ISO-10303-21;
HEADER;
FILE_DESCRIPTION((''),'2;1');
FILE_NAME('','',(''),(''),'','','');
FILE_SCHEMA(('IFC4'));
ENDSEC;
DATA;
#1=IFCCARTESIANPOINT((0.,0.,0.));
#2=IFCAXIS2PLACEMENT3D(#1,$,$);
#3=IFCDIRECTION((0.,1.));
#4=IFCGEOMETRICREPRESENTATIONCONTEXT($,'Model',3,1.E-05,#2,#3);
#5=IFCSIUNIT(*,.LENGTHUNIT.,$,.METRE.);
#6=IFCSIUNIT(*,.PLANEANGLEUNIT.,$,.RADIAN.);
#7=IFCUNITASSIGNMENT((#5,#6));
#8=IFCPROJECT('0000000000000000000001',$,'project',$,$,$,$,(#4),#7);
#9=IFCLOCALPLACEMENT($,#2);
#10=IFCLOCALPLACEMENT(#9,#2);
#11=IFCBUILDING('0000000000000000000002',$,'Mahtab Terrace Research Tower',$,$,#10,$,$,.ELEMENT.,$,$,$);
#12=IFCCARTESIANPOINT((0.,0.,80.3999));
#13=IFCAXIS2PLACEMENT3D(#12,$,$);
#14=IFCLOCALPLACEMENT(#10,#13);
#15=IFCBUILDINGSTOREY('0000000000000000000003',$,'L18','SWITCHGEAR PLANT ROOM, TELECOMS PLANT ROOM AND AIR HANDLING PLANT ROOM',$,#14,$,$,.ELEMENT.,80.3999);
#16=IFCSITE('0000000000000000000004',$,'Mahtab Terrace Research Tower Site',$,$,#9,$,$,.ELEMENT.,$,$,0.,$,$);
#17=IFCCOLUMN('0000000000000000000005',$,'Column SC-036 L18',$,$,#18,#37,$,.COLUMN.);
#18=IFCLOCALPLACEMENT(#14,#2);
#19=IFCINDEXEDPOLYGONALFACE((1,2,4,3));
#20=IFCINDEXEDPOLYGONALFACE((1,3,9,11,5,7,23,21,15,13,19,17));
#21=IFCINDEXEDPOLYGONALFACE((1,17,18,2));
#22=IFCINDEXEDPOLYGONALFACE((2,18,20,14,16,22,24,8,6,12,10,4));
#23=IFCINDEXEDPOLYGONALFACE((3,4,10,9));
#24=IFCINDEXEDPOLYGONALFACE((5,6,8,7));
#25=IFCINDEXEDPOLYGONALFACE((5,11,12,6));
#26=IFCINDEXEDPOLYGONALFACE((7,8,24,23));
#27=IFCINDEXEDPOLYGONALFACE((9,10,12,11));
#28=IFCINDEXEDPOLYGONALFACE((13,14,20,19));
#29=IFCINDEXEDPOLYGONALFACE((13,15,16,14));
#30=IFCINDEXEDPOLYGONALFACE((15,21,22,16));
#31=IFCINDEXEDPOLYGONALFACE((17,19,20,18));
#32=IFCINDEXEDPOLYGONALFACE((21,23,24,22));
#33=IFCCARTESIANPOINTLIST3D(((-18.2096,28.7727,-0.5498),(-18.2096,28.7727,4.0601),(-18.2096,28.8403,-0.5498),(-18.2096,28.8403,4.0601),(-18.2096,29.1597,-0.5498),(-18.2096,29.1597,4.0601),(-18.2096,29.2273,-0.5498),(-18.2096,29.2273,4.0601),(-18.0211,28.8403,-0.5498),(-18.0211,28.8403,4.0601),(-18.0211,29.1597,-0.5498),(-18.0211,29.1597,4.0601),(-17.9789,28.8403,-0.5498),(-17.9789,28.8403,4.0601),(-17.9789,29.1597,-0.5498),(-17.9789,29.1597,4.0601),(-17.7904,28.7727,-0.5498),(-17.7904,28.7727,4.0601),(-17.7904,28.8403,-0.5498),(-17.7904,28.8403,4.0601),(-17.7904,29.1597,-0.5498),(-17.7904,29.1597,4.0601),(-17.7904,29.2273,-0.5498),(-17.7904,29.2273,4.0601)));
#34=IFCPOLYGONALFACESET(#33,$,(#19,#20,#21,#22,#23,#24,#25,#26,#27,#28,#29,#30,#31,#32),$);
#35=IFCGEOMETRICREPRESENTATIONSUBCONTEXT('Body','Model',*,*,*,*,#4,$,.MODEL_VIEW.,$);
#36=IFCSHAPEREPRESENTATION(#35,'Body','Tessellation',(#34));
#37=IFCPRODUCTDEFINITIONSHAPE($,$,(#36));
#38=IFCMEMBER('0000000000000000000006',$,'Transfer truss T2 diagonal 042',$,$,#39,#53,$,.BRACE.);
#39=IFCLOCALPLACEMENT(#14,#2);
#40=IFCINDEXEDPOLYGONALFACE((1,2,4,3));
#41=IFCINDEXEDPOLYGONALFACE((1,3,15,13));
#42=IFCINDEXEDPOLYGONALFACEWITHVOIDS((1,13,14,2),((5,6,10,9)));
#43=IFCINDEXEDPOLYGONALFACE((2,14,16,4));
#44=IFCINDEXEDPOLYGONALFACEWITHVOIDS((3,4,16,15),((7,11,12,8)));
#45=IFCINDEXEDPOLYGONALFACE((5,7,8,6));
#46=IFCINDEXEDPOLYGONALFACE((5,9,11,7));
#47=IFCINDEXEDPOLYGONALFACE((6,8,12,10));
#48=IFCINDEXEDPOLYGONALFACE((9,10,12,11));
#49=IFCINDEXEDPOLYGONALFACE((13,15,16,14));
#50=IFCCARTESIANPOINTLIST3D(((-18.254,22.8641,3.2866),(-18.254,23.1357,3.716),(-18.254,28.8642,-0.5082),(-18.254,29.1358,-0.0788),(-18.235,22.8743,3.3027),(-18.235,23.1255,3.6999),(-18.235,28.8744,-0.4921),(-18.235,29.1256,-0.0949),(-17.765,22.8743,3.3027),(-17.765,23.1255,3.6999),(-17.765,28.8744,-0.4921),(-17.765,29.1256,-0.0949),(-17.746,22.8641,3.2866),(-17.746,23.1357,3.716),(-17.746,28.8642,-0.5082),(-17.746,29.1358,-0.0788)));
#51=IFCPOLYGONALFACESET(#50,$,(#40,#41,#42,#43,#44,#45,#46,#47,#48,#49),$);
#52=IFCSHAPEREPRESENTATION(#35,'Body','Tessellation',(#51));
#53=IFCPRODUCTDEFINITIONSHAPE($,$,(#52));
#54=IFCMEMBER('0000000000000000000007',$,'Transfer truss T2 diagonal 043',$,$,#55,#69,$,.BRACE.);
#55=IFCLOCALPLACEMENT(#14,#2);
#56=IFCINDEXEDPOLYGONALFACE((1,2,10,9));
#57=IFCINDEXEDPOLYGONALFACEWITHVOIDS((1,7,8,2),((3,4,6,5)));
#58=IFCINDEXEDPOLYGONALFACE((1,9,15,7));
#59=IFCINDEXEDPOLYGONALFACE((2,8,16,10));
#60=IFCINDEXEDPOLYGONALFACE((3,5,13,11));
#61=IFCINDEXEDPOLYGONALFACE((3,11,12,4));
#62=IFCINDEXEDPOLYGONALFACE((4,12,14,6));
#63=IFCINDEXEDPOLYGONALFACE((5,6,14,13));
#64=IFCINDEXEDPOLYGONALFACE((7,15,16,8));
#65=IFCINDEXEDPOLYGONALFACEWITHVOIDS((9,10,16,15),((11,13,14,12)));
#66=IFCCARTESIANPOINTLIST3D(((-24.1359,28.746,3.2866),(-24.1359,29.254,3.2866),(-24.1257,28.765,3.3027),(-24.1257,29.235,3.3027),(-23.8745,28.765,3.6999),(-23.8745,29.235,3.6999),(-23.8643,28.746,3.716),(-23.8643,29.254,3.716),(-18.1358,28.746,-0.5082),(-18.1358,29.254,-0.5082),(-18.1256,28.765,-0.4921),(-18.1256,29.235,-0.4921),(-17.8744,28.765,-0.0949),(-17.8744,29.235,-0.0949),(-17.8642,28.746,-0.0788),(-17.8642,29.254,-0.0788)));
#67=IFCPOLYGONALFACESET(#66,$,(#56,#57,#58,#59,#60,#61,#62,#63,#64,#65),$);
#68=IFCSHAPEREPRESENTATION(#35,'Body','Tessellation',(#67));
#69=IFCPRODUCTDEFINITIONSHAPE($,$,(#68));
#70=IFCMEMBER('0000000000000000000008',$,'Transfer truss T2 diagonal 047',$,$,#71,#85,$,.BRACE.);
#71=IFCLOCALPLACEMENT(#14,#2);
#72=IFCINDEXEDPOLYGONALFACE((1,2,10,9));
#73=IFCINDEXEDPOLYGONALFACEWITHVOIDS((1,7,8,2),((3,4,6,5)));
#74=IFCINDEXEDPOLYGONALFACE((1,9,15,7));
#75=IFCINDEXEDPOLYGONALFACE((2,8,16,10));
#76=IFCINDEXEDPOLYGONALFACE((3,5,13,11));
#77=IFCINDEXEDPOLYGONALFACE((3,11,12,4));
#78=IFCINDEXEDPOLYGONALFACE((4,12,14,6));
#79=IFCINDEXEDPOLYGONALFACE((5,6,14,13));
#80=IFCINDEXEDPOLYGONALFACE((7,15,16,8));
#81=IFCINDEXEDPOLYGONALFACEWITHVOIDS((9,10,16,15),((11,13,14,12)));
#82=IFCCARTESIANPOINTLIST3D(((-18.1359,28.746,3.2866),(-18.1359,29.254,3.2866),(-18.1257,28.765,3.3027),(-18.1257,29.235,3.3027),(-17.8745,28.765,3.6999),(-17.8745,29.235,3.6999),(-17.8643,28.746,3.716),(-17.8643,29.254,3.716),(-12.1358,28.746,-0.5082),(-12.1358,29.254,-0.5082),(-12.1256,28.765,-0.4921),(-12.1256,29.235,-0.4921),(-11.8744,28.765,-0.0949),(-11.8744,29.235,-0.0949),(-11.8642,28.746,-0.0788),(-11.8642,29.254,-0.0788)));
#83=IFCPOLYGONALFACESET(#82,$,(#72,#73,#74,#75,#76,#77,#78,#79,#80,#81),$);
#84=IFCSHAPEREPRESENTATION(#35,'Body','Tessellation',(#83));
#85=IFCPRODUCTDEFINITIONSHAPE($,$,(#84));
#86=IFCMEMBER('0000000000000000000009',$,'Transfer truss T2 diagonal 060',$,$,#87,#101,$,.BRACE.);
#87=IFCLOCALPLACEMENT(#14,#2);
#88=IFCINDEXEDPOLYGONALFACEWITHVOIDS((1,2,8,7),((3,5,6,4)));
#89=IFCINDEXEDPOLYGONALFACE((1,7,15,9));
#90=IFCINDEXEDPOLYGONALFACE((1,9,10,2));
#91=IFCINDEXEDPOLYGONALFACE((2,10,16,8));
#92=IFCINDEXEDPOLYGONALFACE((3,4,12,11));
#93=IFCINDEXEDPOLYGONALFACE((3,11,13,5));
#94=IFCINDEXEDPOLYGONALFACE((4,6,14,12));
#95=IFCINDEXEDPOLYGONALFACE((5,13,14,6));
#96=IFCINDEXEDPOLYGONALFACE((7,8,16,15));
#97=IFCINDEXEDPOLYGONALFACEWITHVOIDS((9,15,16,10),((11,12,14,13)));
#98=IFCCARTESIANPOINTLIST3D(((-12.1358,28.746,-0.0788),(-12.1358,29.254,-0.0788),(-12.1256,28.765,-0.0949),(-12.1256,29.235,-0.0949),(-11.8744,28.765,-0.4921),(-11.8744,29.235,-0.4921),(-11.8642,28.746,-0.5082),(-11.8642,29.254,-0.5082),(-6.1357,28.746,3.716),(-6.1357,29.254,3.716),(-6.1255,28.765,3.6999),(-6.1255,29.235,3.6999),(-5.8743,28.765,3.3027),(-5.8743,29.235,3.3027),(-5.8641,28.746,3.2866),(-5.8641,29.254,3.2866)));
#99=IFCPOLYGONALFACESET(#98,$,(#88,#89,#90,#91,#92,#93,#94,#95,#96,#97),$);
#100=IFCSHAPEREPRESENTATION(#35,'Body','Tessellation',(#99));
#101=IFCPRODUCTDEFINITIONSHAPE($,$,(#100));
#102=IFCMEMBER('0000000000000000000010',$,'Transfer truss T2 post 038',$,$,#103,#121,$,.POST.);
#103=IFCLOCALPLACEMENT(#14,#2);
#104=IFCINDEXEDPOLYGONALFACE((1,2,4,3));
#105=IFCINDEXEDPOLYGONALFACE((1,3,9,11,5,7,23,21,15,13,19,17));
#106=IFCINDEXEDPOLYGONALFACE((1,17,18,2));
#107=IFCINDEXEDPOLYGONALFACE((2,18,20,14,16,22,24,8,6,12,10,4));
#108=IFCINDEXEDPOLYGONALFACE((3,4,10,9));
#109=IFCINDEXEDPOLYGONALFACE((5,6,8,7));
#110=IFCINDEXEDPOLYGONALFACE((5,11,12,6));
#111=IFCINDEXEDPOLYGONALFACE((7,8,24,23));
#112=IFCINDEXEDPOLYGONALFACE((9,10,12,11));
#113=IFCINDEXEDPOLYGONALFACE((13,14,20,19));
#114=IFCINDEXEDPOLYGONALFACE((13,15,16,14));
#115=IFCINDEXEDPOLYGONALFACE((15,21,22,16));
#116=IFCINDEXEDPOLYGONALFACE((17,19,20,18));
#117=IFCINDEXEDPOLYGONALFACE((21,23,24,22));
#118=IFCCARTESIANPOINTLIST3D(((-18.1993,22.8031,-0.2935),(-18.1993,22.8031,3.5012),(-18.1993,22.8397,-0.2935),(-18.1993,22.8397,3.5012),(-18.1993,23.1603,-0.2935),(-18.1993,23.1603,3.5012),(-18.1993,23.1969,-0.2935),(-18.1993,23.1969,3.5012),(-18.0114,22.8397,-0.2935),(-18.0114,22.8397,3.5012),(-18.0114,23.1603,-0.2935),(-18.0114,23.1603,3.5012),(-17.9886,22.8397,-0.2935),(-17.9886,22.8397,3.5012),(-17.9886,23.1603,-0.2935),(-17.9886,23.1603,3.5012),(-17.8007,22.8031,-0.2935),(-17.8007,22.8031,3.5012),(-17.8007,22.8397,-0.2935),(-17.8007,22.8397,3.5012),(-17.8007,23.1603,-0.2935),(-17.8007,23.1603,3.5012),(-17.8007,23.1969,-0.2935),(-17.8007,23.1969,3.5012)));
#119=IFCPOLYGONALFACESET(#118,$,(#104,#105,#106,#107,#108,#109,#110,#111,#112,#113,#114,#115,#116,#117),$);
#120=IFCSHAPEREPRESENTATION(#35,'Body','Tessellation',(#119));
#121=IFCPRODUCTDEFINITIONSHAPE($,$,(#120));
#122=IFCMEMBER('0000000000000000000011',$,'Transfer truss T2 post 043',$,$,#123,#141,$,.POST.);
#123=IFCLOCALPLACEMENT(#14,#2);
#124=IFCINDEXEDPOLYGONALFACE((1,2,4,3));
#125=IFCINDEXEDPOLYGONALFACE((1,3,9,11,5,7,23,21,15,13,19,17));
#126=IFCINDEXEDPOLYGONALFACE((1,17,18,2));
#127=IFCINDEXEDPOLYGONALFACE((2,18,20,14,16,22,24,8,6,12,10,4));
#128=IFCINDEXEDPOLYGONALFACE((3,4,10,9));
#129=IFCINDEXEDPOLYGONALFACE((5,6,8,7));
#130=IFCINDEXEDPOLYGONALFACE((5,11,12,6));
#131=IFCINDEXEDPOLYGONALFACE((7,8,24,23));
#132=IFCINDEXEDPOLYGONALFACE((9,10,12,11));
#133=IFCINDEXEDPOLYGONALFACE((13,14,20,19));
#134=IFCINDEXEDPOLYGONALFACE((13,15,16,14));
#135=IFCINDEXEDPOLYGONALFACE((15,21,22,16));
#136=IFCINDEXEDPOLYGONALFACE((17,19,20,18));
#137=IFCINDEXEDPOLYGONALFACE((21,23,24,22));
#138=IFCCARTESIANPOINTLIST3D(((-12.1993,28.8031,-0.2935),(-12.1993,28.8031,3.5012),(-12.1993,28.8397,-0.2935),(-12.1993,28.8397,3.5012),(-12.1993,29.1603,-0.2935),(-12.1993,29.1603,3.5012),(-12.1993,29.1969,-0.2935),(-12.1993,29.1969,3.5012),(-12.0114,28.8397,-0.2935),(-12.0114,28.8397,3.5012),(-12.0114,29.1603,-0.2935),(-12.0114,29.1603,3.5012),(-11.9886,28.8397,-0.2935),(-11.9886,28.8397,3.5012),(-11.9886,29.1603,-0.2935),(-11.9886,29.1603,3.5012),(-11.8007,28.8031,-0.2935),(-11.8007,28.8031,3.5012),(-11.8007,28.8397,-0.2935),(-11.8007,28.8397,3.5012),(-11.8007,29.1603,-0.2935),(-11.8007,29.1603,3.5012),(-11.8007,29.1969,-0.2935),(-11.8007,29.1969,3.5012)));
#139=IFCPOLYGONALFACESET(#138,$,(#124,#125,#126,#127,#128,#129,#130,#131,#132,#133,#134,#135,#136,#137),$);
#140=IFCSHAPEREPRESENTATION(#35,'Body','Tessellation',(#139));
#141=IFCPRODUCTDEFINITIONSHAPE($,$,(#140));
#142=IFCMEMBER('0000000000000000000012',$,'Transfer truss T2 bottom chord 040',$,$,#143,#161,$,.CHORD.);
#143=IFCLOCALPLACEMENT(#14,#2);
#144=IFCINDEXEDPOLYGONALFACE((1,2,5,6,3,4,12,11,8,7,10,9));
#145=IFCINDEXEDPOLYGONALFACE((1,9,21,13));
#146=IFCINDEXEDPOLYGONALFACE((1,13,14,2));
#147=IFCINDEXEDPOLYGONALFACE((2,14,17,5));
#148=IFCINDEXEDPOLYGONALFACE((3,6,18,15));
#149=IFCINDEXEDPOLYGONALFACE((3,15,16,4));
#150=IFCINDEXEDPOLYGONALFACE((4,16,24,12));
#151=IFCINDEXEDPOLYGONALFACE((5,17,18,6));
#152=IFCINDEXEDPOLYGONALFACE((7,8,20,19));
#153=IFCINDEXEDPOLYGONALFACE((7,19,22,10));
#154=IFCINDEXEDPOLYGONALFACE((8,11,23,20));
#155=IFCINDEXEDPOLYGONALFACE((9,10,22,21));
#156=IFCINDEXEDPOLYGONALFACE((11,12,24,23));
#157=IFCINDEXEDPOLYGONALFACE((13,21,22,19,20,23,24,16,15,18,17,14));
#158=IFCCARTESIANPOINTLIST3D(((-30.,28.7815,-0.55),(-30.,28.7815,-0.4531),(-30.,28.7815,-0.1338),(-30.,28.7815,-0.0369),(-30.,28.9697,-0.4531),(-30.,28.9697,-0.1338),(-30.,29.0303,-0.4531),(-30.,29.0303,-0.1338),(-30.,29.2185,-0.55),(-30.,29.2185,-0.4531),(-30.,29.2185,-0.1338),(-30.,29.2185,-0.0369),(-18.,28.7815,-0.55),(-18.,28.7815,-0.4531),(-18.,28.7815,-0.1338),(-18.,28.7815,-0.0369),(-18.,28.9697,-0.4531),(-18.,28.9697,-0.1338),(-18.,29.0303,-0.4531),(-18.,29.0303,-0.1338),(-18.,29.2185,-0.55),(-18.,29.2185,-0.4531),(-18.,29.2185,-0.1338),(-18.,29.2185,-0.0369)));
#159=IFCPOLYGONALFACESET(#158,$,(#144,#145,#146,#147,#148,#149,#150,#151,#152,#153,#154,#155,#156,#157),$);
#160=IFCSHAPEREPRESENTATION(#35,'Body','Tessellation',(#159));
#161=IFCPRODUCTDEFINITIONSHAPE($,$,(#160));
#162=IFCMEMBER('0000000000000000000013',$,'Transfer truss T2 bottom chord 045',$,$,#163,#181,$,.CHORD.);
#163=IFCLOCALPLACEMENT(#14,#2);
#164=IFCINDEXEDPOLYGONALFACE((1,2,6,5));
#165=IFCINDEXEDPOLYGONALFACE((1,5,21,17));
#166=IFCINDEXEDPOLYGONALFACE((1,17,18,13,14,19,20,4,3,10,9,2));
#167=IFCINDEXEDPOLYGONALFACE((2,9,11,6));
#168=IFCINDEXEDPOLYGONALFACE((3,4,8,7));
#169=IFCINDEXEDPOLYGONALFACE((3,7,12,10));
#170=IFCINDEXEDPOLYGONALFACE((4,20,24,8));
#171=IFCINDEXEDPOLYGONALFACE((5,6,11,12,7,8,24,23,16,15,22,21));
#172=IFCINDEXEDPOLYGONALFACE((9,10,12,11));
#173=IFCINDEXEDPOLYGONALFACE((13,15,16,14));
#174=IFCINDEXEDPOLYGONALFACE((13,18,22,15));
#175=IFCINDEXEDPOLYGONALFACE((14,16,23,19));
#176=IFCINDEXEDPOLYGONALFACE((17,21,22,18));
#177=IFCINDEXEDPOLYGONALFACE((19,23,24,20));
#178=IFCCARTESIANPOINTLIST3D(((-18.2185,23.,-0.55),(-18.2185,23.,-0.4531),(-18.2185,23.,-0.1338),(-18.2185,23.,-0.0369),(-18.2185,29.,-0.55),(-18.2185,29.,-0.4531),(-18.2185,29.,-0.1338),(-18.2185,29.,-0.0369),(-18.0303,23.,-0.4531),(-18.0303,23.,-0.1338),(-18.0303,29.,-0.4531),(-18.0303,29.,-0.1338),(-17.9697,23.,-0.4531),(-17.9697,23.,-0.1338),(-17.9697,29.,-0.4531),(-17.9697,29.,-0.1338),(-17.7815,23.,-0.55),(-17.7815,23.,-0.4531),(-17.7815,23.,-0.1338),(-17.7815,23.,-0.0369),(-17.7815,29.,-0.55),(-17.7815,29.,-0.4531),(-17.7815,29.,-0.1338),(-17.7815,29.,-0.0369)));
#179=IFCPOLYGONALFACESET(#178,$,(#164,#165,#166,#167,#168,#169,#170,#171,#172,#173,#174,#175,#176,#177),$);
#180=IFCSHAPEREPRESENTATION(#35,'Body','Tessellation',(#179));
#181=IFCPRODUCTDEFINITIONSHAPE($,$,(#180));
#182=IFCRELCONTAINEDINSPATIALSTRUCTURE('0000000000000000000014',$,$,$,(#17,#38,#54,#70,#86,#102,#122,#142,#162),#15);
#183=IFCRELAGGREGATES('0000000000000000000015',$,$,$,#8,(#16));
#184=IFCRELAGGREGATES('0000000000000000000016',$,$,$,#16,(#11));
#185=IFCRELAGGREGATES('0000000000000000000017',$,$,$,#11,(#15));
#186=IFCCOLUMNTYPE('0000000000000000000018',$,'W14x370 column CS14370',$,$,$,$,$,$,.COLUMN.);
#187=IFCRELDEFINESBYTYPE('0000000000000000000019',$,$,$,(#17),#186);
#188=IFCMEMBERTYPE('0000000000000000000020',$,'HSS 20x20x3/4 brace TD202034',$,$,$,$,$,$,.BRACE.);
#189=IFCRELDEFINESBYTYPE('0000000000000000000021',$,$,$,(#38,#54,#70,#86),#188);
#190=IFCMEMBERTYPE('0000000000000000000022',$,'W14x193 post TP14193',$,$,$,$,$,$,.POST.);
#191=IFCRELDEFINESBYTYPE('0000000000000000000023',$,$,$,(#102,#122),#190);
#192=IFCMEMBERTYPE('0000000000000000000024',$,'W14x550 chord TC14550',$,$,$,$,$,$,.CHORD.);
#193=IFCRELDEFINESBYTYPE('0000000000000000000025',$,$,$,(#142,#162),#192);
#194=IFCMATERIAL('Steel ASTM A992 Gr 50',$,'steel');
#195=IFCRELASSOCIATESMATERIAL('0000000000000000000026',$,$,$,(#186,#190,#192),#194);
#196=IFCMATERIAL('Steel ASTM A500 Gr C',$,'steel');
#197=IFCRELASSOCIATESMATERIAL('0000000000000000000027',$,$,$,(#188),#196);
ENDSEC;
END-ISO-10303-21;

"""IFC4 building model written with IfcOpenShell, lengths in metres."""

from ifc_helpers import new_model, si_unit, direction, frame, origin, origin_2d, place, context, subcontext, project, spatial, hollow_rectangle, i_section, extrude, material, material_profile, profile_set, type_object, element, save


model = new_model("IFC4")

# Units and contexts
model_context = context("Model", 3, precision=1e-05, world=origin(), true_north=direction((0.0, 1.0)))
body_context = subcontext(model_context, "Body", "Model", "MODEL_VIEW")
ifc_project = project(units=[si_unit("LENGTHUNIT", "METRE"), si_unit("PLANEANGLEUNIT", "RADIAN")], contexts=[model_context])

# Site, building, storey
site_placement = place(None, origin())
site = spatial("IfcSite", under=ifc_project, at=site_placement, Name="Mahtab Terrace Research Tower Site", CompositionType="ELEMENT", RefElevation=0.0)
building_placement = place(site_placement, origin())
building = spatial("IfcBuilding", under=site, at=building_placement, Name="Mahtab Terrace Research Tower", CompositionType="ELEMENT")
storey_placement = place(building_placement, frame((0.0, 0.0, 80.3999)))
storey = spatial("IfcBuildingStorey", under=building, at=storey_placement, Name="L18", Description="SWITCHGEAR PLANT ROOM, TELECOMS PLANT ROOM AND AIR HANDLING PLANT ROOM", CompositionType="ELEMENT", Elevation=80.3999)

# Column
ifc_material_1 = material(Name="Steel ASTM A992 Gr 50", Category="steel")
ifc_material_profile_1 = material_profile(ifc_material_1, i_section(OverallWidth=0.4192, OverallDepth=0.4546, WebThickness=0.0422, FlangeThickness=0.0676, at=origin_2d()), Name="W14X370")
ifc_profile_set_1 = profile_set([ifc_material_profile_1], Name="Steel ASTM A992 Gr 50")
column_type = type_object("IfcColumnType", Name="W14x370 column CS14370", PredefinedType="COLUMN", material=ifc_profile_set_1)
column_placement = place(storey_placement, frame((-18.0, 29.0, -0.5498), z_axis=(0.0, 0.0, 1.0), x_axis=(1.0, 0.0, 0.0)))
element("IfcColumn", 1, at=column_placement, inside=storey, type_object=column_type, Name="Column SC-036 L18", PredefinedType="COLUMN", context=body_context, shape_type="SweptSolid", body=[
    extrude(i_section(OverallWidth=0.4192, OverallDepth=0.4546, WebThickness=0.0422, FlangeThickness=0.0676, at=origin_2d()), origin(), (0.0, 0.0, 1.0), 4.6099),
])

# Members
ifc_material_2 = material(Name="Steel ASTM A500 Gr C", Category="steel")
ifc_material_profile_2 = material_profile(ifc_material_2, hollow_rectangle(XDim=0.5081, YDim=0.5081, WallThickness=0.019, at=origin_2d()), Name="HSS20X20X3/4")
ifc_profile_set_2 = profile_set([ifc_material_profile_2], Name="Steel ASTM A500 Gr C")
member_type_1 = type_object("IfcMemberType", Name="HSS 20x20x3/4 brace TD202034", PredefinedType="BRACE", material=ifc_profile_set_2)
for number, where, z_axis, x_axis, name in (
    (2, (-18.0, 29.0, -0.2935), (0.0, -0.845158, 0.534517), (1.0, 0.0, 0.0), "Transfer truss T2 diagonal 042"),
    (3, (-18.0, 29.0, -0.2935), (-0.845158, 0.0, 0.534517), (0.0, -1.0, 0.0), "Transfer truss T2 diagonal 043"),
    (4, (-12.0, 29.0, -0.2935), (-0.845158, 0.0, 0.534517), (0.0, -1.0, 0.0), "Transfer truss T2 diagonal 047"),
    (5, (-12.0, 29.0, -0.2935), (0.845158, 0.0, 0.534517), (0.0, 1.0, 0.0), "Transfer truss T2 diagonal 060"),
):
    element("IfcMember", number, at=place(storey_placement, frame(where, z_axis=z_axis, x_axis=x_axis)), inside=storey, type_object=member_type_1, Name=name, PredefinedType="BRACE", context=body_context, shape_type="SweptSolid", body=[
        extrude(hollow_rectangle(XDim=0.5081, YDim=0.5081, WallThickness=0.019, at=origin_2d()), origin(), (0.0, 0.0, 1.0), 7.0994),
    ])
ifc_material_profile_3 = material_profile(ifc_material_1, i_section(OverallWidth=0.3987, OverallDepth=0.3938, WebThickness=0.0227, FlangeThickness=0.0366, at=origin_2d()), Name="W14X193")
ifc_profile_set_3 = profile_set([ifc_material_profile_3], Name="Steel ASTM A992 Gr 50")
member_type_2 = type_object("IfcMemberType", Name="W14x193 post TP14193", PredefinedType="POST", material=ifc_profile_set_3)
for number, where, z_axis, x_axis, name in (
    (6, (-18.0, 23.0, -0.2935), (0.0, 0.0, 1.0), (1.0, 0.0, 0.0), "Transfer truss T2 post 038"),
    (7, (-12.0, 29.0, -0.2935), (0.0, 0.0, 1.0), (1.0, 0.0, 0.0), "Transfer truss T2 post 043"),
):
    element("IfcMember", number, at=place(storey_placement, frame(where, z_axis=z_axis, x_axis=x_axis)), inside=storey, type_object=member_type_2, Name=name, PredefinedType="POST", context=body_context, shape_type="SweptSolid", body=[
        extrude(i_section(OverallWidth=0.3987, OverallDepth=0.3938, WebThickness=0.0227, FlangeThickness=0.0366, at=origin_2d()), origin(), (0.0, 0.0, 1.0), 3.7947),
    ])
ifc_material_profile_4 = material_profile(ifc_material_1, i_section(OverallWidth=0.437, OverallDepth=0.5132, WebThickness=0.0605, FlangeThickness=0.0969, at=origin_2d()), Name="W14X550")
ifc_profile_set_4 = profile_set([ifc_material_profile_4], Name="Steel ASTM A992 Gr 50")
member_type_3 = type_object("IfcMemberType", Name="W14x550 chord TC14550", PredefinedType="CHORD", material=ifc_profile_set_4)
member_1_placement = place(storey_placement, frame((-18.0, 29.0, -0.2935), z_axis=(-1.0, 0.0, 0.0), x_axis=(0.0, -1.0, 0.0)))
element("IfcMember", 8, at=member_1_placement, inside=storey, type_object=member_type_3, Name="Transfer truss T2 bottom chord 040", PredefinedType="CHORD", context=body_context, shape_type="SweptSolid", body=[
    extrude(i_section(OverallWidth=0.437, OverallDepth=0.5132, WebThickness=0.0605, FlangeThickness=0.0969, at=origin_2d()), origin(), (0.0, 0.0, 1.0), 12.0),
])
member_2_placement = place(storey_placement, frame((-18.0, 23.0, -0.2935), z_axis=(0.0, 1.0, 0.0), x_axis=(-1.0, 0.0, 0.0)))
element("IfcMember", 9, at=member_2_placement, inside=storey, type_object=member_type_3, Name="Transfer truss T2 bottom chord 045", PredefinedType="CHORD", context=body_context, shape_type="SweptSolid", body=[
    extrude(i_section(OverallWidth=0.437, OverallDepth=0.5132, WebThickness=0.0605, FlangeThickness=0.0969, at=origin_2d()), origin(), (0.0, 0.0, 1.0), 6.0),
])

save(model, "model.ifc")
